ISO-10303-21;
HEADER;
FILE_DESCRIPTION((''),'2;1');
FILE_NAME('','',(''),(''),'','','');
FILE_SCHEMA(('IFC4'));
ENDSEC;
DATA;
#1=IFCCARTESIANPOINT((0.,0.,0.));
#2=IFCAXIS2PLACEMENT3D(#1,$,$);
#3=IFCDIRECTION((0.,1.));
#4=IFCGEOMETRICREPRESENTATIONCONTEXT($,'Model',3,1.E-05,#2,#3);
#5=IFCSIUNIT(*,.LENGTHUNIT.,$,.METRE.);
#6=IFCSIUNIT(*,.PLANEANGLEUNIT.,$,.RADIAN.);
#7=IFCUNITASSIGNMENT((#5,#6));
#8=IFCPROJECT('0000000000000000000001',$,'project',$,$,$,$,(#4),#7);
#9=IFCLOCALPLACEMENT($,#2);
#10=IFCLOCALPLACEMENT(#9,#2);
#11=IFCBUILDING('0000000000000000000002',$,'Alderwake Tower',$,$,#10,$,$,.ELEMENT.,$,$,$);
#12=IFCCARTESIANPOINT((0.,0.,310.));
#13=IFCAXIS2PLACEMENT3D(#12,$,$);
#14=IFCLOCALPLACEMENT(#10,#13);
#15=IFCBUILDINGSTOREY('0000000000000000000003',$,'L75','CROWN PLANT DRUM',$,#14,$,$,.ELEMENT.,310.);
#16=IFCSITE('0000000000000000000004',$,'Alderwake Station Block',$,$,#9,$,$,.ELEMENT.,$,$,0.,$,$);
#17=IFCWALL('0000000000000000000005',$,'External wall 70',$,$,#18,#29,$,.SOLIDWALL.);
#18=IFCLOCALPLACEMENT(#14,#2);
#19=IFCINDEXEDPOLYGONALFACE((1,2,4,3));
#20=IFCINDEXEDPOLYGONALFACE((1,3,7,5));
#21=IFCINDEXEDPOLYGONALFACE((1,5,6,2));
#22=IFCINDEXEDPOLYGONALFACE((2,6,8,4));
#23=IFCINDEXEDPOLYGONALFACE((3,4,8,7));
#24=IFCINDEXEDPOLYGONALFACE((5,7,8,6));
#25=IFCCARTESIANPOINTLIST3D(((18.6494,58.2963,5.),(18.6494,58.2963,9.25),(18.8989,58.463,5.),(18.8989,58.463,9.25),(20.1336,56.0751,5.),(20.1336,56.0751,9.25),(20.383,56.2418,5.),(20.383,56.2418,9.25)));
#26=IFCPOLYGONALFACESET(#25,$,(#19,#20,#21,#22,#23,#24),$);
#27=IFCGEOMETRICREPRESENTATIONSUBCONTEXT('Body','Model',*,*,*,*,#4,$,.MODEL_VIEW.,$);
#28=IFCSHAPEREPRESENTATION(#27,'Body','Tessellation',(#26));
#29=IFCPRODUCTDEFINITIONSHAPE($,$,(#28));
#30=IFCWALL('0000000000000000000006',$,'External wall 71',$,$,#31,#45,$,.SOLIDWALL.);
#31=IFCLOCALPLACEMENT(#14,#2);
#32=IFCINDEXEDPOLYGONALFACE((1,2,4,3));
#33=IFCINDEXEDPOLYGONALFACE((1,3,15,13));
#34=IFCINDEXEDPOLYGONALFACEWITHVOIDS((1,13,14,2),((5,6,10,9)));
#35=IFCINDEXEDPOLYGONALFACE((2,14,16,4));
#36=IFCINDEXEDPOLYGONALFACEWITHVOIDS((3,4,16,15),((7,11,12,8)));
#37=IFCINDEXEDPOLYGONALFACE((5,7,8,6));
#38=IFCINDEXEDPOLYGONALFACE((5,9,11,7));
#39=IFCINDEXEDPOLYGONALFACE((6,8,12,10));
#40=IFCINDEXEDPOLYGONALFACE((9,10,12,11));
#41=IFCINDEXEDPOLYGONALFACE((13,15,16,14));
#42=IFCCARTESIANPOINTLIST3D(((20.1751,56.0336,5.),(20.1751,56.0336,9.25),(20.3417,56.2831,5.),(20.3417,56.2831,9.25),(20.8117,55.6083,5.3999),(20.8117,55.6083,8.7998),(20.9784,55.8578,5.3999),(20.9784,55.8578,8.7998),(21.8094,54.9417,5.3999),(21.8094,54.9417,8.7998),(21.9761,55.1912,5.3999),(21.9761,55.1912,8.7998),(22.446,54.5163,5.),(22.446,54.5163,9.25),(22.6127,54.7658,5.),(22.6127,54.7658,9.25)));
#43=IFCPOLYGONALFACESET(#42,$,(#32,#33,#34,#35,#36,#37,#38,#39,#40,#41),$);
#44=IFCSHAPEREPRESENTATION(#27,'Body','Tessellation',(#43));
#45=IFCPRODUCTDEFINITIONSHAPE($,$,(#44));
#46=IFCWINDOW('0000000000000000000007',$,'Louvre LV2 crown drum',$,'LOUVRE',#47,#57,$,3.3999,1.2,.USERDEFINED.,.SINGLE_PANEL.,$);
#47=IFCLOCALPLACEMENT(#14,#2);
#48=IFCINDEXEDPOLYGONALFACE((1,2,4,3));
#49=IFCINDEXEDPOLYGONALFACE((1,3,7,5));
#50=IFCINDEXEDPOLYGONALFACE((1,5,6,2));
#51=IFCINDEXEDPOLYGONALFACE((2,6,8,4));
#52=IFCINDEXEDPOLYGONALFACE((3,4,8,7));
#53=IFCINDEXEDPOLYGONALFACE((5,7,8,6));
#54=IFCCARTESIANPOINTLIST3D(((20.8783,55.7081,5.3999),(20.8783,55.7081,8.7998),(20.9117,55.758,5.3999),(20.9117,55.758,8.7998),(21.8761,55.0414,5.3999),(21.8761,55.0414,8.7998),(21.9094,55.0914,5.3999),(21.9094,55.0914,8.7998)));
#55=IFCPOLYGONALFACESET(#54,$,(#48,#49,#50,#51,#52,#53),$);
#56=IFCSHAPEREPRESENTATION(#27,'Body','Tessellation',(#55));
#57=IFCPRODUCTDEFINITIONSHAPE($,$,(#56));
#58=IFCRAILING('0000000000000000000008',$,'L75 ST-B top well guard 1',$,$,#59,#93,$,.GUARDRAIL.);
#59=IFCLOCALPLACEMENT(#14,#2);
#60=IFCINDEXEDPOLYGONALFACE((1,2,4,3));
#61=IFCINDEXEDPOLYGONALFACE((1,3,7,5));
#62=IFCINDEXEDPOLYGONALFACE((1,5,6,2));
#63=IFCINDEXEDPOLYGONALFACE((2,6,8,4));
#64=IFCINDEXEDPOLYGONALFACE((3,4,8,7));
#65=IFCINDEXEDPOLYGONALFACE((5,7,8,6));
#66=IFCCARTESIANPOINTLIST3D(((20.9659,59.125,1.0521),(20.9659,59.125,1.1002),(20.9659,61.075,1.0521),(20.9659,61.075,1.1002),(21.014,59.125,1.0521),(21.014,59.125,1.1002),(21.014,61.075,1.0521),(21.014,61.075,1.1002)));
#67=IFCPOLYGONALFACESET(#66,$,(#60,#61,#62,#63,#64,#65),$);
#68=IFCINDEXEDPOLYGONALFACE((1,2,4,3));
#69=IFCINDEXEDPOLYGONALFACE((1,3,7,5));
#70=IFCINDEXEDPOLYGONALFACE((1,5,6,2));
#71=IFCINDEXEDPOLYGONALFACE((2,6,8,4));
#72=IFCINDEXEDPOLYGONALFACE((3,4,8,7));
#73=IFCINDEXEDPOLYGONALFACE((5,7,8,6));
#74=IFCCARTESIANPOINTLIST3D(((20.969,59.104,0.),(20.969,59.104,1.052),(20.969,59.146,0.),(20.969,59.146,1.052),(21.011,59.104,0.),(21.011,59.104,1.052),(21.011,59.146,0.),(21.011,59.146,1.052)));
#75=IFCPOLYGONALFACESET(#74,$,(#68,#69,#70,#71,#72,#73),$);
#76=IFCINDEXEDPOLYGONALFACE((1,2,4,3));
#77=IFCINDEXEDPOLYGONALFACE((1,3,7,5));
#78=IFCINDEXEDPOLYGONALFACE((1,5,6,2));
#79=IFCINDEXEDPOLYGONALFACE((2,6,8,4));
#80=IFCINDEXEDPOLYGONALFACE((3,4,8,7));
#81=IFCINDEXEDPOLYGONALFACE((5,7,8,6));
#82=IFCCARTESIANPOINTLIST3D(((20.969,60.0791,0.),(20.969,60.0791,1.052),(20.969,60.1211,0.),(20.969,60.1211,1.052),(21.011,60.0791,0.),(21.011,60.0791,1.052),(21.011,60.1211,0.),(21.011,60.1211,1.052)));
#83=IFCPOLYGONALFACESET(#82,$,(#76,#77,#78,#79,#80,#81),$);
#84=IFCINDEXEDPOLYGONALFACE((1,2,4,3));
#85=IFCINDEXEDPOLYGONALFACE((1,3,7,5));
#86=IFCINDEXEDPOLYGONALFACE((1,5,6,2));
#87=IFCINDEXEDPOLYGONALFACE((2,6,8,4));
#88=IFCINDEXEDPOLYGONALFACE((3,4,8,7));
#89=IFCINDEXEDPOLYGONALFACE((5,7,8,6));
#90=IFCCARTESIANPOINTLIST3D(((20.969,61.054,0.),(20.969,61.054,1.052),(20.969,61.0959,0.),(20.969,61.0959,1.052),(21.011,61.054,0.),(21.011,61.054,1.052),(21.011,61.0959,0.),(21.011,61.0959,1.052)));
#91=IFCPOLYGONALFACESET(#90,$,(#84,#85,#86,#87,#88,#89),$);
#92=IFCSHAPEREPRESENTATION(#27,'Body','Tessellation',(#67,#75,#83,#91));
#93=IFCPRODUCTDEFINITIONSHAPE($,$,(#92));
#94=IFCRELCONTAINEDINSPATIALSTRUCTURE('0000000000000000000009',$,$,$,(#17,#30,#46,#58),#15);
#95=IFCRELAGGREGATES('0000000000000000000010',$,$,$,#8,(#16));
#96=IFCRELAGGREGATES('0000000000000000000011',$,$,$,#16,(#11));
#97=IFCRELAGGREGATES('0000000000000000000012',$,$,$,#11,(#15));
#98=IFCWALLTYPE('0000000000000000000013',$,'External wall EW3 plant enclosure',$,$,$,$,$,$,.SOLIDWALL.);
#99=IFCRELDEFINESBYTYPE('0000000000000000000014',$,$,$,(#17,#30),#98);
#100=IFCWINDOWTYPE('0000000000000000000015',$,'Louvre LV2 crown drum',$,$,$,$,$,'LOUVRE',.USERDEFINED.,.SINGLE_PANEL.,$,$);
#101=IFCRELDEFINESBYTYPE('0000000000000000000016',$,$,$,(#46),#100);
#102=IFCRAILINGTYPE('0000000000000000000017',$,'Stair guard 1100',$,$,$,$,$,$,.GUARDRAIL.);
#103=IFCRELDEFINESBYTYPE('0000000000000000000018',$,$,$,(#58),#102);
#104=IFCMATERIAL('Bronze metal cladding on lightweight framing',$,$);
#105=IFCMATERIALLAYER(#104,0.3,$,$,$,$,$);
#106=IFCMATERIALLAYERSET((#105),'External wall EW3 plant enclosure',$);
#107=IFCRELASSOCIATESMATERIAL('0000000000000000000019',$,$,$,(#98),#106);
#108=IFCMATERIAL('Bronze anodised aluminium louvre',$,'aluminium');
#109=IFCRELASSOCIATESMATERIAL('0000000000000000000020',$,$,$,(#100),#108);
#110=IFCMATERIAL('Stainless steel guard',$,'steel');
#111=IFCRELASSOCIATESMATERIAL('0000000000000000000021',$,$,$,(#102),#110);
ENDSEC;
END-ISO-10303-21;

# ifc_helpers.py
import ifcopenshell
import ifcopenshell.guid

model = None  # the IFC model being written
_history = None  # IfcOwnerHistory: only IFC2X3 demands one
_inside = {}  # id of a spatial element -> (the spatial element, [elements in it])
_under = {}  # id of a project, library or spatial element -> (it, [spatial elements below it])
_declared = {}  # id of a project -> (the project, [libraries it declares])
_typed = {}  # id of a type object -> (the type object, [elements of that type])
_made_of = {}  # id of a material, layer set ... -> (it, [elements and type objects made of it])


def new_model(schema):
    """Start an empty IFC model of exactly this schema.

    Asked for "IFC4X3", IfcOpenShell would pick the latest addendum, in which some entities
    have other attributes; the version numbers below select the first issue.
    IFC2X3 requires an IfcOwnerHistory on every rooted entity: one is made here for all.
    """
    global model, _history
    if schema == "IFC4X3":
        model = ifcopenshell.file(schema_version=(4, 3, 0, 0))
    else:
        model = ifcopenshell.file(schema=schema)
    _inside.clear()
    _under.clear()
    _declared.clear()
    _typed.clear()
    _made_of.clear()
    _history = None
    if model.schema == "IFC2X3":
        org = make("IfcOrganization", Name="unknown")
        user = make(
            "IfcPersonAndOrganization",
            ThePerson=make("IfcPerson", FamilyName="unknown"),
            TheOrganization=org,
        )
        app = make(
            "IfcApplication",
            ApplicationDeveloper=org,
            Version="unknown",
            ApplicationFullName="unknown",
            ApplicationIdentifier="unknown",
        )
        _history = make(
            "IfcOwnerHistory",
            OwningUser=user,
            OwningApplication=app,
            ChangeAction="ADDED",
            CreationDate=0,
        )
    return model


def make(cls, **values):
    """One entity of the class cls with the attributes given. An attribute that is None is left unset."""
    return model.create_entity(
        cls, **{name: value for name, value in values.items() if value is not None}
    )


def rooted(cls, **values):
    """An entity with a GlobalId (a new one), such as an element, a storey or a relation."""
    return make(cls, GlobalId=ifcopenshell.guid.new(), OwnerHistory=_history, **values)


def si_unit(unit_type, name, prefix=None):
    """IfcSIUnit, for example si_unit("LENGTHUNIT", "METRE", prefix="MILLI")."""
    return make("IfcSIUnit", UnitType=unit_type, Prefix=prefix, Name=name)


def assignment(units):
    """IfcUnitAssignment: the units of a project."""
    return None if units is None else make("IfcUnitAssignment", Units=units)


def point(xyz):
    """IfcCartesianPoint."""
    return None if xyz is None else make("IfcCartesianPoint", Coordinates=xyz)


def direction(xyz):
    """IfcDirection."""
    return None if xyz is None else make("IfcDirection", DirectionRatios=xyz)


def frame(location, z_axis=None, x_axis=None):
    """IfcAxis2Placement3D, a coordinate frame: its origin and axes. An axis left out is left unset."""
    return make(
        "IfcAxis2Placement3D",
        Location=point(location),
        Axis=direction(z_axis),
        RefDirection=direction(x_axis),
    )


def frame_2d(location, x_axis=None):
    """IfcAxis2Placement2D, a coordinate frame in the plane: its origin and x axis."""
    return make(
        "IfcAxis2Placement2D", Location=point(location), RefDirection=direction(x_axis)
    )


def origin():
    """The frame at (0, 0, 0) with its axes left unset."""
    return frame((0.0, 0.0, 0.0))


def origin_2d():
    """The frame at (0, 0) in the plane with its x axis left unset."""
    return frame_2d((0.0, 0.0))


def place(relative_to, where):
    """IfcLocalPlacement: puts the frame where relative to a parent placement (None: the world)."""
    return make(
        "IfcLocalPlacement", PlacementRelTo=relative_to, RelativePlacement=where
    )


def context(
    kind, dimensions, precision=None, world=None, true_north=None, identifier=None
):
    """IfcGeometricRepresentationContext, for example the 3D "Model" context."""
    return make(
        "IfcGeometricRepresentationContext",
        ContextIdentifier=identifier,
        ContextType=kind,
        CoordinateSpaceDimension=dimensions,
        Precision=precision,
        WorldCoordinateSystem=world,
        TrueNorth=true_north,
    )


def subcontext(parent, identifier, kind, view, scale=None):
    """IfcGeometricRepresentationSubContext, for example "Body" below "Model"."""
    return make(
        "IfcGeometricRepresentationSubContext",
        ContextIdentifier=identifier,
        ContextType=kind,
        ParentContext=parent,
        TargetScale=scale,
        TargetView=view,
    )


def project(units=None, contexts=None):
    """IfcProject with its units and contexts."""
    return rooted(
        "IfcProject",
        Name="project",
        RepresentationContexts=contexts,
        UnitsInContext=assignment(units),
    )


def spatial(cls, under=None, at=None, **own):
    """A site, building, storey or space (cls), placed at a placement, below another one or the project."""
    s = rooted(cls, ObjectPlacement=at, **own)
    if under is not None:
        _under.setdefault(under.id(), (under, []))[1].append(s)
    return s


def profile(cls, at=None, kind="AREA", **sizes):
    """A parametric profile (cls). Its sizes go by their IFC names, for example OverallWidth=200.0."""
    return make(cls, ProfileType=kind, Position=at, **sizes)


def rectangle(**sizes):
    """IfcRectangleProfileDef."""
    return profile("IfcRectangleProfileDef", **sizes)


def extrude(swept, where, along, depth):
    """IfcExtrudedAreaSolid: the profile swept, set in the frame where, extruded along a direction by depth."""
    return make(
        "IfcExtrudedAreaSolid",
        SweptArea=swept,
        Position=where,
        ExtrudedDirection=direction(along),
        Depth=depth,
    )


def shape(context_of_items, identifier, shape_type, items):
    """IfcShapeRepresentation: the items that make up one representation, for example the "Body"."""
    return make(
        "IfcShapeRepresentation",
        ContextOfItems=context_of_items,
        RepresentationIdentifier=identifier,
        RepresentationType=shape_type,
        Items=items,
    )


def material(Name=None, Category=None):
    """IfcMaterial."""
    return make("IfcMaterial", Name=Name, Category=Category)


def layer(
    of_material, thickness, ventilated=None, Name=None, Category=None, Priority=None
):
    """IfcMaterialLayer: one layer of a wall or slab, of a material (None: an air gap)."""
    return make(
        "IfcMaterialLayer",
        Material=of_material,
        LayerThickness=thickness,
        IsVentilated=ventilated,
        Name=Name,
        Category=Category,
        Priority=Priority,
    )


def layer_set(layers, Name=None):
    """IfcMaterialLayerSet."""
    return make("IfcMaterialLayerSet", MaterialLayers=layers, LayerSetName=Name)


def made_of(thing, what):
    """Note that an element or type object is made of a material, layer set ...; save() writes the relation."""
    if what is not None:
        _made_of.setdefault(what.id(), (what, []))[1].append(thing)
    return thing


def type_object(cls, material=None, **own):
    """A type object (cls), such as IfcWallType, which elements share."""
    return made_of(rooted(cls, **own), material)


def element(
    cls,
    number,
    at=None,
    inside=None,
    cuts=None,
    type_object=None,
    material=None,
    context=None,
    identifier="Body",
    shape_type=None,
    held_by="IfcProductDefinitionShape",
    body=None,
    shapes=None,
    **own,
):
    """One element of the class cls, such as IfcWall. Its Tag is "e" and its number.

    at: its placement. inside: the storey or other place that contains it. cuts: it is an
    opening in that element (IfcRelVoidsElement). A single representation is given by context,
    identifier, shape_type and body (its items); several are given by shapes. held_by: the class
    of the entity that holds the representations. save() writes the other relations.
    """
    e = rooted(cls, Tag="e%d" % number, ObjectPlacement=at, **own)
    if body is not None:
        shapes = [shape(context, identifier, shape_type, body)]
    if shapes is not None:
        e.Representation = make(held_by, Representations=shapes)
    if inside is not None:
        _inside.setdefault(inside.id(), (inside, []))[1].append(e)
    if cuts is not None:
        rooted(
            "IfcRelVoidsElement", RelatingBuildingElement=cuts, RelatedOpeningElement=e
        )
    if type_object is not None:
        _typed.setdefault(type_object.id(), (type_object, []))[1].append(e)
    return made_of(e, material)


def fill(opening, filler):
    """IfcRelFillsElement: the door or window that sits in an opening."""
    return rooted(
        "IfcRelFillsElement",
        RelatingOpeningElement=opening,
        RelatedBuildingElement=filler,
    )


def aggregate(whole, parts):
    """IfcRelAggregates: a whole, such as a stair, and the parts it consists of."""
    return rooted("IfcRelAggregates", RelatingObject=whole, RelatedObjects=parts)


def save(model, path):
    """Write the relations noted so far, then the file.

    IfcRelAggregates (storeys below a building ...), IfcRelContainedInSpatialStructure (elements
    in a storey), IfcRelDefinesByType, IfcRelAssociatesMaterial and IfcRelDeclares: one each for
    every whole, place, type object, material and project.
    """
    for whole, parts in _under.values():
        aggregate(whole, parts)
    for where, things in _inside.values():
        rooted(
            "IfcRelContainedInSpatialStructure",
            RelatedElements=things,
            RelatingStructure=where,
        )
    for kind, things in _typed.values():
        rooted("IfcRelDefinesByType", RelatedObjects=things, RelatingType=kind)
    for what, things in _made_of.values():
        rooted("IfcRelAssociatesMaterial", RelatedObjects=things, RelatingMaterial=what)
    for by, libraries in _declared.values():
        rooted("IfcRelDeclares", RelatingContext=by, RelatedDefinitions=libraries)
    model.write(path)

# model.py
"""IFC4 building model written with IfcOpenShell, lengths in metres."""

from ifc_helpers import new_model, si_unit, direction, frame, frame_2d, origin, origin_2d, place, context, subcontext, project, spatial, rectangle, extrude, material, layer, layer_set, type_object, element, fill, save


model = new_model("IFC4")

# Units and contexts
model_context = context("Model", 3, precision=1e-05, world=origin(), true_north=direction((0.0, 1.0)))
body_context = subcontext(model_context, "Body", "Model", "MODEL_VIEW")
ifc_project = project(units=[si_unit("LENGTHUNIT", "METRE"), si_unit("PLANEANGLEUNIT", "RADIAN")], contexts=[model_context])

# Site, building, storey
site_placement = place(None, origin())
site = spatial("IfcSite", under=ifc_project, at=site_placement, Name="Alderwake Station Block", CompositionType="ELEMENT", RefElevation=0.0)
building_placement = place(site_placement, origin())
building = spatial("IfcBuilding", under=site, at=building_placement, Name="Alderwake Tower", CompositionType="ELEMENT")
storey_placement = place(building_placement, frame((0.0, 0.0, 310.0)))
storey = spatial("IfcBuildingStorey", under=building, at=storey_placement, Name="L75", Description="CROWN PLANT DRUM", CompositionType="ELEMENT", Elevation=310.0)

# Wall
ifc_material_1 = material(Name="Bronze metal cladding on lightweight framing")
ifc_layer_1 = layer(ifc_material_1, 0.3)
ifc_layer_set_1 = layer_set([ifc_layer_1], Name="External wall EW3 plant enclosure")
wall_type_1 = type_object("IfcWallType", Name="External wall EW3 plant enclosure", PredefinedType="SOLIDWALL", material=ifc_layer_set_1)
wall_1_placement = place(storey_placement, frame((18.7742, 58.3796, 5.0), z_axis=(0.0, 0.0, 1.0), x_axis=(0.555565, -0.831473, 0.0)))
element("IfcWall", 1, at=wall_1_placement, inside=storey, type_object=wall_type_1, Name="External wall 70", PredefinedType="SOLIDWALL", context=body_context, shape_type="SweptSolid", body=[
    extrude(rectangle(XDim=2.6714, YDim=0.3, at=frame_2d((1.3357, 0.0))), origin(), (0.0, 0.0, 1.0), 4.25),
])

# Wall, opening, window
wall_2_placement = place(storey_placement, frame((20.2583, 56.1584, 5.0), z_axis=(0.0, 0.0, 1.0), x_axis=(0.831486, -0.555546, 0.0)))
wall_2 = element("IfcWall", 2, at=wall_2_placement, inside=storey, type_object=wall_type_1, Name="External wall 71", PredefinedType="SOLIDWALL", context=body_context, shape_type="SweptSolid", body=[
    extrude(rectangle(XDim=2.7312, YDim=0.3, at=frame_2d((1.3657, 0.0))), origin(), (0.0, 0.0, 1.0), 4.25),
])
opening_1_placement = place(wall_2_placement, frame((0.7656, 0.0, 0.3999)))
opening_1 = element("IfcOpeningElement", 3, at=opening_1_placement, cuts=wall_2, PredefinedType="OPENING", context=body_context, shape_type="SweptSolid", body=[
    extrude(rectangle(XDim=1.2, YDim=3.3999, at=frame_2d((0.6001, 1.7))), frame((0.0, 0.1599, 0.0), z_axis=(0.0, -1.0, 0.0), x_axis=(1.0, 0.0, 0.0)), (0.0, 0.0, 1.0), 0.3201),
])
ifc_material_2 = material(Name="Bronze anodised aluminium louvre", Category="aluminium")
window_type = type_object("IfcWindowType", Name="Louvre LV2 crown drum", ElementType="LOUVRE", PartitioningType="SINGLE_PANEL", PredefinedType="USERDEFINED", material=ifc_material_2)
window_placement = place(opening_1_placement, origin())
window = element("IfcWindow", 4, at=window_placement, inside=storey, type_object=window_type, Name="Louvre LV2 crown drum", ObjectType="LOUVRE", OverallHeight=3.3999, OverallWidth=1.2, PartitioningType="SINGLE_PANEL", PredefinedType="USERDEFINED", context=body_context, shape_type="SweptSolid", body=[
    extrude(rectangle(XDim=1.2, YDim=3.3999, at=frame_2d((0.6001, 1.7))), frame((0.0, 0.03, 0.0), z_axis=(0.0, -1.0, 0.0), x_axis=(1.0, 0.0, 0.0)), (0.0, 0.0, 1.0), 0.0601),
])
fill(opening_1, window)

# Railing
ifc_material_3 = material(Name="Stainless steel guard", Category="steel")
railing_type = type_object("IfcRailingType", Name="Stair guard 1100", PredefinedType="GUARDRAIL", material=ifc_material_3)
railing_placement = place(storey_placement, frame((20.99, 59.125, 0.0)))
element("IfcRailing", 5, at=railing_placement, inside=storey, type_object=railing_type, Name="L75 ST-B top well guard 1", PredefinedType="GUARDRAIL", context=body_context, shape_type="SweptSolid", body=[
    extrude(rectangle(XDim=0.0481, YDim=0.0481, at=origin_2d()), frame((0.0, 0.0, 1.0762), z_axis=(0.0, 1.0, 0.0), x_axis=(-1.0, 0.0, 0.0)), (0.0, 0.0, 1.0), 1.95),
    extrude(rectangle(XDim=0.042, YDim=0.042, at=origin_2d()), frame((0.0, 0.0, 0.0), z_axis=(0.0, 0.0, 1.0), x_axis=(0.0, 1.0, 0.0)), (0.0, 0.0, 1.0), 1.052),
    extrude(rectangle(XDim=0.042, YDim=0.042, at=origin_2d()), frame((0.0, 0.9751, 0.0), z_axis=(0.0, 0.0, 1.0), x_axis=(0.0, 1.0, 0.0)), (0.0, 0.0, 1.0), 1.052),
    extrude(rectangle(XDim=0.042, YDim=0.042, at=origin_2d()), frame((0.0, 1.95, 0.0), z_axis=(0.0, 0.0, 1.0), x_axis=(0.0, 1.0, 0.0)), (0.0, 0.0, 1.0), 1.052),
])

save(model, "model.ifc")
